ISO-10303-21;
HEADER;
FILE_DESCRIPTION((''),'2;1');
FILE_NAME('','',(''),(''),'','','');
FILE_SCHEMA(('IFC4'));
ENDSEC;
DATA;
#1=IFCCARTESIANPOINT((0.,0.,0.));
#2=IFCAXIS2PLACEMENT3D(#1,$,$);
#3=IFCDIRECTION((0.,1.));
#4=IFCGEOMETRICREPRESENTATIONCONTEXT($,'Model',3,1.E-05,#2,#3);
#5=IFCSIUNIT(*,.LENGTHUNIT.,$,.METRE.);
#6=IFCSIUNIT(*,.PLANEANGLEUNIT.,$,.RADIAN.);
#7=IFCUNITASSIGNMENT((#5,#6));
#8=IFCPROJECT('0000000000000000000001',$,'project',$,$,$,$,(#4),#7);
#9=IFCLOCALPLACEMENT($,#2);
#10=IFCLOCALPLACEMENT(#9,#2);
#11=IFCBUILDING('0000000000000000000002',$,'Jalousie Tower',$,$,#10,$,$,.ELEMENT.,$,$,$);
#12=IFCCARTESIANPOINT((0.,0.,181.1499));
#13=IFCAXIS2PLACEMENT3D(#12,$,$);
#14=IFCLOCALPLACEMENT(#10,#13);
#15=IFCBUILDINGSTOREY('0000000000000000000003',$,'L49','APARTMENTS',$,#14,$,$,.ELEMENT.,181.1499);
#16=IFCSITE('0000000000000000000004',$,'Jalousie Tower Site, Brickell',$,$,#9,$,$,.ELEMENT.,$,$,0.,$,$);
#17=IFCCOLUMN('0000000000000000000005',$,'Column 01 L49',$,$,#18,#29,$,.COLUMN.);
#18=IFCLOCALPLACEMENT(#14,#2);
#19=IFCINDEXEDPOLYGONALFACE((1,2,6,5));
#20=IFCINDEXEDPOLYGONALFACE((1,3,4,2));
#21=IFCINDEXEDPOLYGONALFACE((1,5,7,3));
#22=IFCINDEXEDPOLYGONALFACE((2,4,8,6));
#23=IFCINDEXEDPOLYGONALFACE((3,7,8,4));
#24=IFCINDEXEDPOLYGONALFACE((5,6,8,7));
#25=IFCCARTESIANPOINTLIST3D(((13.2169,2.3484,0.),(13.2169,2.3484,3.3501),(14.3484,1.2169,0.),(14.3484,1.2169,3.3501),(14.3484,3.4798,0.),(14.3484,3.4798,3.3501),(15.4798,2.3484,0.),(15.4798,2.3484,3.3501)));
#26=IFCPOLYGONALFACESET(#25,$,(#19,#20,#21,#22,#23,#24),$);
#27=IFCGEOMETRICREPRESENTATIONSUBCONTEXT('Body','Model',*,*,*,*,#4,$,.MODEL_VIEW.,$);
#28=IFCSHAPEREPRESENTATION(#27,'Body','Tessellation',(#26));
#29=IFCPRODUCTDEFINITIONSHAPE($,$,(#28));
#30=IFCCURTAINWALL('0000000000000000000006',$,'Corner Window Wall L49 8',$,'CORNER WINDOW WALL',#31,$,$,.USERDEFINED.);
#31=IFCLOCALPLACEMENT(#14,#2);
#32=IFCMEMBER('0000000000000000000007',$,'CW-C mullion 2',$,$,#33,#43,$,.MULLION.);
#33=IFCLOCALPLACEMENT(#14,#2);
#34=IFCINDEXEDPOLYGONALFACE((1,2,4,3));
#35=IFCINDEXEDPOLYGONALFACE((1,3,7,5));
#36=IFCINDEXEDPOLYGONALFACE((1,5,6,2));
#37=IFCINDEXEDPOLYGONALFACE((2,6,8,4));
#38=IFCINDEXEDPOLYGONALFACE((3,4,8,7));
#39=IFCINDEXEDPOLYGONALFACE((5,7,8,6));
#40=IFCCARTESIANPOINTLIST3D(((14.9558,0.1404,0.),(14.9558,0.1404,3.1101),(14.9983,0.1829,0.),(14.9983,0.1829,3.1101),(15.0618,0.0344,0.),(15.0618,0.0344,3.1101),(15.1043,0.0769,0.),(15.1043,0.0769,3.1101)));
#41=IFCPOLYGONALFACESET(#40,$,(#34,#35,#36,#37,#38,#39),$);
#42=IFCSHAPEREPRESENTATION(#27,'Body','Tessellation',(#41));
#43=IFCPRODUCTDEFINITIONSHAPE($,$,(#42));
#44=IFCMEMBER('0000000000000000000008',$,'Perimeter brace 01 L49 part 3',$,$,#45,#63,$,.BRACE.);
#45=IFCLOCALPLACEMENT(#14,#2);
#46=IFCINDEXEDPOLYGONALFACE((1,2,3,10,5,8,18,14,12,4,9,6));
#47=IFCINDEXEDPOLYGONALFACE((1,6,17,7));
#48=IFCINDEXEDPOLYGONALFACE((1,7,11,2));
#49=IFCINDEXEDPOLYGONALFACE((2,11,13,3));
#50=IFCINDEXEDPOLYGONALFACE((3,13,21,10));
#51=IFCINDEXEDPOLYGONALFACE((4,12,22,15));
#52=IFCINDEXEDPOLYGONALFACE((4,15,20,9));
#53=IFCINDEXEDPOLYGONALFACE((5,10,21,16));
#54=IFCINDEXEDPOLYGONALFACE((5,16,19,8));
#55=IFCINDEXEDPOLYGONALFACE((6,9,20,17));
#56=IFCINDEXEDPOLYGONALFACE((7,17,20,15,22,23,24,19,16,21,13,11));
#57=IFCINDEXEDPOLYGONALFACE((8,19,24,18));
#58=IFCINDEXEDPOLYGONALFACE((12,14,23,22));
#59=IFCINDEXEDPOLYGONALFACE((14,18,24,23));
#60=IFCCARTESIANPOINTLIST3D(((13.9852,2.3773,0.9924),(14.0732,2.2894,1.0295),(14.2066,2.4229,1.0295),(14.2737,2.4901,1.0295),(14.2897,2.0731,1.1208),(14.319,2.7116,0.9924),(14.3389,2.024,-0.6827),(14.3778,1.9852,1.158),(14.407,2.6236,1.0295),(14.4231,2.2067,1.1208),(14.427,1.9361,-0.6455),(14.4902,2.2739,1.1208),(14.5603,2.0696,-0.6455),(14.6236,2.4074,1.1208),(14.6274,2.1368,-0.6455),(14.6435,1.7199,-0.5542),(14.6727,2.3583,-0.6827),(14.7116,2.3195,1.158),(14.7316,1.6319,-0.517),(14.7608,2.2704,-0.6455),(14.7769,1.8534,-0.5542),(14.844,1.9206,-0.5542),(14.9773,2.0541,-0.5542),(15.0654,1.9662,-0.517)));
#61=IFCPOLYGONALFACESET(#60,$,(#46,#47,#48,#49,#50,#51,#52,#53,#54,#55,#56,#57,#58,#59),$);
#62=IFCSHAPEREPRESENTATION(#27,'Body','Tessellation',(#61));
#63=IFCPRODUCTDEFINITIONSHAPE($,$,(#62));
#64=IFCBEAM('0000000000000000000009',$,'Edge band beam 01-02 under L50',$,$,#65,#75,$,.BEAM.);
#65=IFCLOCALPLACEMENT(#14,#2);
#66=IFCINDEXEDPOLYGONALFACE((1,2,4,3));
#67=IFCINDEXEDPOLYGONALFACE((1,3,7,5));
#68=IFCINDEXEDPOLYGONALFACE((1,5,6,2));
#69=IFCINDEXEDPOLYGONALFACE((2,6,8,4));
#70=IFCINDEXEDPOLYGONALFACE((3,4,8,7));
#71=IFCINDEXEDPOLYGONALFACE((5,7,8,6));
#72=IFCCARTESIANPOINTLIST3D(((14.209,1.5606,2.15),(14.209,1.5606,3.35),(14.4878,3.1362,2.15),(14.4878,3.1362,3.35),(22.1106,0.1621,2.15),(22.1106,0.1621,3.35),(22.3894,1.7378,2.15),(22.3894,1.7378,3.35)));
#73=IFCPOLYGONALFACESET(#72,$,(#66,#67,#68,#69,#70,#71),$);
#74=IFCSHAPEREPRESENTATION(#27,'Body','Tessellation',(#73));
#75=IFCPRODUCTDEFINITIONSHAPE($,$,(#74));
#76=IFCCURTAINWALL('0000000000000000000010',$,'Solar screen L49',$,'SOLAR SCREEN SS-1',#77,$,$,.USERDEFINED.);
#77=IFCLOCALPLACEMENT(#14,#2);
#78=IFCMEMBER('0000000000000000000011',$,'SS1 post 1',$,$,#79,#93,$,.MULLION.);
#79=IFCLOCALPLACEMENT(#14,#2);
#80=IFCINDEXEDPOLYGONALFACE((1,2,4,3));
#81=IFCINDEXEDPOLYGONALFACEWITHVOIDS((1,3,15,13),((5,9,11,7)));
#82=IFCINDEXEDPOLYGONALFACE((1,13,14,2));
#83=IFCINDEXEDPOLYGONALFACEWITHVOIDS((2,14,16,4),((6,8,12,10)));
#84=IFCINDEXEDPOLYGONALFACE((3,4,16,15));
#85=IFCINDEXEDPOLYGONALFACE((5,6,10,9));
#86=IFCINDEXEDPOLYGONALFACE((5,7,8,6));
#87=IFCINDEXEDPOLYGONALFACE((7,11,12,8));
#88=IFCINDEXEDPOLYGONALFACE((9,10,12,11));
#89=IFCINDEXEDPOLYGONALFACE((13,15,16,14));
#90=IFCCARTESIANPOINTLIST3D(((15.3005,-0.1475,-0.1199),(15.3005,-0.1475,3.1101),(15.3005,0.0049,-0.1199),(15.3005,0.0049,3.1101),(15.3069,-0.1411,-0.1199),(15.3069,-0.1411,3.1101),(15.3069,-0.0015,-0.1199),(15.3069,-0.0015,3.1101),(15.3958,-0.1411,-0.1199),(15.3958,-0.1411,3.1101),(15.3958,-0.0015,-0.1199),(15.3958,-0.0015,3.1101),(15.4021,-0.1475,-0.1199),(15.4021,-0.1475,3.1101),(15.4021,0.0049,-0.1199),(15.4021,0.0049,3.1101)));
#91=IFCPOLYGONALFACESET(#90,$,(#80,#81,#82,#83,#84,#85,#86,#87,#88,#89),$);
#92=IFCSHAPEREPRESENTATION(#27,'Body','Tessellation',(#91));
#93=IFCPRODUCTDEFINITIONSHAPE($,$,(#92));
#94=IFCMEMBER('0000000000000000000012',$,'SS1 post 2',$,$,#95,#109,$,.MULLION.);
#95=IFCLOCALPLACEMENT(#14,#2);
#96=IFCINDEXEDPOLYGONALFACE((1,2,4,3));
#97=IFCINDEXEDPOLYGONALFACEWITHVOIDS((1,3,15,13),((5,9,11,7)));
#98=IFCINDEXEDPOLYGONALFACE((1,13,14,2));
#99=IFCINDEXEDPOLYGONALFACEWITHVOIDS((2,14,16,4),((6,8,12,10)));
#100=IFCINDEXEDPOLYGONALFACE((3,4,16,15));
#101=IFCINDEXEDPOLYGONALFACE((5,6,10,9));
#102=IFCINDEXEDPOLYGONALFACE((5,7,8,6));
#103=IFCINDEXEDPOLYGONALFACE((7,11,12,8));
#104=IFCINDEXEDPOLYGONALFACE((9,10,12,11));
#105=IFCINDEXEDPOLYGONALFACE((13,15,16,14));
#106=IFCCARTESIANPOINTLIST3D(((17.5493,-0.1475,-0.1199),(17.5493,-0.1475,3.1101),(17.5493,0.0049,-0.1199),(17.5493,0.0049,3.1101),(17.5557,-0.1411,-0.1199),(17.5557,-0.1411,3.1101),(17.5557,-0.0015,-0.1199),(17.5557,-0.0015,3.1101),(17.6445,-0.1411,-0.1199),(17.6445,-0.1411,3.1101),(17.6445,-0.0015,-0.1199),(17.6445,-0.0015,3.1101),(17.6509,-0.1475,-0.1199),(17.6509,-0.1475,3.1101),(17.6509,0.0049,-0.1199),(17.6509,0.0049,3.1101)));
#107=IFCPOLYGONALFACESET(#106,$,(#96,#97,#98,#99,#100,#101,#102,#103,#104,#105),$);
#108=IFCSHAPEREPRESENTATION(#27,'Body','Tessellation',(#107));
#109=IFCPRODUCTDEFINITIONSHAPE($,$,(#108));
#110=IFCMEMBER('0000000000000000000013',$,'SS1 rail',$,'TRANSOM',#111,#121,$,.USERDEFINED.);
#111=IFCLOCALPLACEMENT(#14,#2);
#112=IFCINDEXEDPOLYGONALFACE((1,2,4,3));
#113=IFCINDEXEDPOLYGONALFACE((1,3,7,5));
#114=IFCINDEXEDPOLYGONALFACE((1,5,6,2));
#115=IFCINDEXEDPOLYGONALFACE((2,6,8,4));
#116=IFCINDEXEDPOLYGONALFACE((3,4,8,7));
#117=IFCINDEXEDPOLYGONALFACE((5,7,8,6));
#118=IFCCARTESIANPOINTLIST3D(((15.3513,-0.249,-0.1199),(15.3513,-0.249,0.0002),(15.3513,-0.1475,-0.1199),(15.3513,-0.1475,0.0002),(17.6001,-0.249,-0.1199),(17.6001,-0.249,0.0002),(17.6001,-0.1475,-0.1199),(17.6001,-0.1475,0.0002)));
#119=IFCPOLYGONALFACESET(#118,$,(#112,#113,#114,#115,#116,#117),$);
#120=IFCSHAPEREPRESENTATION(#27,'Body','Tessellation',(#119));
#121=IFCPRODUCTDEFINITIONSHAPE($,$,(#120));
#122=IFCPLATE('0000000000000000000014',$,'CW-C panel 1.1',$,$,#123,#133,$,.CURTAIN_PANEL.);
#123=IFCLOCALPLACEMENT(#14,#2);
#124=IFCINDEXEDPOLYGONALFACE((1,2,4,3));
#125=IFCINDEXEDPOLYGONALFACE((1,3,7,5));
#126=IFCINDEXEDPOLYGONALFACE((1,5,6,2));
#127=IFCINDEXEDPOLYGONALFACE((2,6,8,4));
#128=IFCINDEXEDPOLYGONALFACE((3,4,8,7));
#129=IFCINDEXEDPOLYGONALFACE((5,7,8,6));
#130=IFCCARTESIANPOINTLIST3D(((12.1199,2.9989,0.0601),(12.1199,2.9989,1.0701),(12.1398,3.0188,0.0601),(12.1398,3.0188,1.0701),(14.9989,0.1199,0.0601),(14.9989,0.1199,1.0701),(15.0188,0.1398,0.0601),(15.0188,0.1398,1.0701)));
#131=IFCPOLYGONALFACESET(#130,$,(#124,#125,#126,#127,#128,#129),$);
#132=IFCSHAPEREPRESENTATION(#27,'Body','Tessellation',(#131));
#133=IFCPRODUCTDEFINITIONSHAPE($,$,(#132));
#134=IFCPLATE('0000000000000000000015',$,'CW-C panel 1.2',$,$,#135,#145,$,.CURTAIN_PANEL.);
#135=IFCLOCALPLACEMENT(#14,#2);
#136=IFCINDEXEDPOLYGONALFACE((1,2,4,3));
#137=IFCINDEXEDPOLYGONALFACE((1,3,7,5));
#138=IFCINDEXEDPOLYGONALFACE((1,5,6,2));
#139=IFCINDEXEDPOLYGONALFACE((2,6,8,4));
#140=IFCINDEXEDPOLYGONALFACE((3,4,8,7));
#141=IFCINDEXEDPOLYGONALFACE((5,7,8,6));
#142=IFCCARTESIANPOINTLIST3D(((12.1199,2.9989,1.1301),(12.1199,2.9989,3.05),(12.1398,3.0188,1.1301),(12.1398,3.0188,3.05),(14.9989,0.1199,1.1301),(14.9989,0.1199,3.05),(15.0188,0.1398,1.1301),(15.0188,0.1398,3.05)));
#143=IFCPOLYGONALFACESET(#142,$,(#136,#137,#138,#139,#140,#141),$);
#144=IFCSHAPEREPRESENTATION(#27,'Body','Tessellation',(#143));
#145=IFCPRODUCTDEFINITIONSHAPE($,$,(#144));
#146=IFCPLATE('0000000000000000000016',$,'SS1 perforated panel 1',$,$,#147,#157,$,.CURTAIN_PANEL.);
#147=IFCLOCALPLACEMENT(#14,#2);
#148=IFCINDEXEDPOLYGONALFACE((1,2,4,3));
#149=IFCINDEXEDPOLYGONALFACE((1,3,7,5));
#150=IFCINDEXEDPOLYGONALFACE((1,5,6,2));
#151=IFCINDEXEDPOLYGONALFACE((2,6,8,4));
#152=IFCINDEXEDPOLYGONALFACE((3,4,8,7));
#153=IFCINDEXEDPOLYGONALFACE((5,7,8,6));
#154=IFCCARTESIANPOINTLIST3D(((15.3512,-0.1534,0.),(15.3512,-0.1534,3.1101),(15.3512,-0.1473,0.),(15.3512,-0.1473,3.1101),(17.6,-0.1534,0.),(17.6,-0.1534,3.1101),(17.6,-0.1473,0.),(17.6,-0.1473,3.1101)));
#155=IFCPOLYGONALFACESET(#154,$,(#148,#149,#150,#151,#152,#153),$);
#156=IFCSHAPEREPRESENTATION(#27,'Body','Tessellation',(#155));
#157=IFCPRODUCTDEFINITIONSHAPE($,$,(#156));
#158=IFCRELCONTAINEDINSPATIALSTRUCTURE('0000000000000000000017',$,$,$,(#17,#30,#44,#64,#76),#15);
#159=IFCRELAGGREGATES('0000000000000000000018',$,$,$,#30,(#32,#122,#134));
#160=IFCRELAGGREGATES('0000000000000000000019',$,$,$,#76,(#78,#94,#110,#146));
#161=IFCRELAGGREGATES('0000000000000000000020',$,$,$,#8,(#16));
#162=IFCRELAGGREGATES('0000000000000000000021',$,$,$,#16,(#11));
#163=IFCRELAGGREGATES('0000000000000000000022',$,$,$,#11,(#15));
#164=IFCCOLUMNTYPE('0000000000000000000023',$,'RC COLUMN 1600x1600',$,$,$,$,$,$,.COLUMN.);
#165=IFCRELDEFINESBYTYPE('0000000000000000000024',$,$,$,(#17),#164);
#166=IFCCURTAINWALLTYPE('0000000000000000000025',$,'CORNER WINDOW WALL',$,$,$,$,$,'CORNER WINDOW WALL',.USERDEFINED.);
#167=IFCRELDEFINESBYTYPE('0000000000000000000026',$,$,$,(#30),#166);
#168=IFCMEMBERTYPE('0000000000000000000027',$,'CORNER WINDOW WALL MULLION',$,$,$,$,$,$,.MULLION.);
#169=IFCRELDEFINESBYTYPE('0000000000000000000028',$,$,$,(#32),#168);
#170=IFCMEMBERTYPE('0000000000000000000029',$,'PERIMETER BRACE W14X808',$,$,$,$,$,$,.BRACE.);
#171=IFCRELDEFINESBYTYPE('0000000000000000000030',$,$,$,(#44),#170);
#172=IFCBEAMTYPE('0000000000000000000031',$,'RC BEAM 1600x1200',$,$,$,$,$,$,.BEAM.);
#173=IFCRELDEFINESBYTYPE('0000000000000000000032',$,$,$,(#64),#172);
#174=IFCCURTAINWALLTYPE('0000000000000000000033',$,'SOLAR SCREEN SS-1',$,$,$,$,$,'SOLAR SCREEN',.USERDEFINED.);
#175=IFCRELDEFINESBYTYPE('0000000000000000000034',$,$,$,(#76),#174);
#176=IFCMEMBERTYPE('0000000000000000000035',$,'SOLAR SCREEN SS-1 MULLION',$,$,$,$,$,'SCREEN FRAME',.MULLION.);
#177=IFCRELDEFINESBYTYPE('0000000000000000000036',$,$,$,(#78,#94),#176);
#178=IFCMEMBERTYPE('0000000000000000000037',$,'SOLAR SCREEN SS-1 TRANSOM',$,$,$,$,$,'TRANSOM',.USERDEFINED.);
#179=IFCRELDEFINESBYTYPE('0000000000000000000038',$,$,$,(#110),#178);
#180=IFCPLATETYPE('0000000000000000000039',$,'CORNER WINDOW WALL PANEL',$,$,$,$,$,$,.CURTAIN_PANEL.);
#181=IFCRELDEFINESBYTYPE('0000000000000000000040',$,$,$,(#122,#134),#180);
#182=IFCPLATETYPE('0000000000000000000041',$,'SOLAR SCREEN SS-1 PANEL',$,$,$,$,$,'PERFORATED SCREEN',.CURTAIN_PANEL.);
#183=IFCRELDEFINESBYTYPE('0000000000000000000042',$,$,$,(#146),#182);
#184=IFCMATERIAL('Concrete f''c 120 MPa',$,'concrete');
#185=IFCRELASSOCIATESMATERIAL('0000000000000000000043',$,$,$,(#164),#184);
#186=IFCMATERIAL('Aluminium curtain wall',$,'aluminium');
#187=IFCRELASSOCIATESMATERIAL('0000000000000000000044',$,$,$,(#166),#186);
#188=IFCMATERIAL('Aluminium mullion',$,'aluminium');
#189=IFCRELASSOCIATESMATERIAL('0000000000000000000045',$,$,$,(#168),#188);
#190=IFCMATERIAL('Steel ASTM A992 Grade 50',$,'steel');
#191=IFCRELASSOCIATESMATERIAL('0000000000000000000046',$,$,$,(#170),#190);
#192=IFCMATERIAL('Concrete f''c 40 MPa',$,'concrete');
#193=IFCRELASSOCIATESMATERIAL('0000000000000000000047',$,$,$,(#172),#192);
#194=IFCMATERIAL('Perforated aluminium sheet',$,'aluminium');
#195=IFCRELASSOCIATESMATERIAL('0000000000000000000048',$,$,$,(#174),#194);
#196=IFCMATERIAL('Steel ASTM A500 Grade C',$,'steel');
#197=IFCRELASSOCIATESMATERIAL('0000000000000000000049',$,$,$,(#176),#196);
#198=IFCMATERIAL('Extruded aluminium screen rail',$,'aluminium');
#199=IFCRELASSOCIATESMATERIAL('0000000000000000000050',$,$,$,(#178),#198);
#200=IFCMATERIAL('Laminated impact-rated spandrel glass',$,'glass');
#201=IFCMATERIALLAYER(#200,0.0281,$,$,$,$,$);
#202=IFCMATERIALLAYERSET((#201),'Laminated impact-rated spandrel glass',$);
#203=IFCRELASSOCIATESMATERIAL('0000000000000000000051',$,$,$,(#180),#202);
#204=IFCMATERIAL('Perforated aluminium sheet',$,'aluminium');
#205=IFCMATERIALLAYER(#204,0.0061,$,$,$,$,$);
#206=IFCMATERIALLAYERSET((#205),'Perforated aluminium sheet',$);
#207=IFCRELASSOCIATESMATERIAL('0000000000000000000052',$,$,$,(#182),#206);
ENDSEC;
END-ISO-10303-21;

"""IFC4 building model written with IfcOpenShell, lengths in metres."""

from ifc_helpers import new_model, si_unit, direction, frame, origin, origin_2d, place, context, subcontext, project, spatial, rectangle, hollow_rectangle, i_section, extrude, material, layer, layer_set, material_profile, profile_set, type_object, element, aggregate, save


model = new_model("IFC4")

# Units and contexts
model_context = context("Model", 3, precision=1e-05, world=origin(), true_north=direction((0.0, 1.0)))
body_context = subcontext(model_context, "Body", "Model", "MODEL_VIEW")
ifc_project = project(units=[si_unit("LENGTHUNIT", "METRE"), si_unit("PLANEANGLEUNIT", "RADIAN")], contexts=[model_context])

# Site, building, storey
site_placement = place(None, origin())
site = spatial("IfcSite", under=ifc_project, at=site_placement, Name="Jalousie Tower Site, Brickell", CompositionType="ELEMENT", RefElevation=0.0)
building_placement = place(site_placement, origin())
building = spatial("IfcBuilding", under=site, at=building_placement, Name="Jalousie Tower", CompositionType="ELEMENT")
storey_placement = place(building_placement, frame((0.0, 0.0, 181.1499)))
storey = spatial("IfcBuildingStorey", under=building, at=storey_placement, Name="L49", Description="APARTMENTS", CompositionType="ELEMENT", Elevation=181.1499)

# Column
ifc_material_1 = material(Name="Concrete f'c 120 MPa", Category="concrete")
ifc_material_profile_1 = material_profile(ifc_material_1, rectangle(XDim=1.6001, YDim=1.6001, at=origin_2d()), Name="RC 1600x1600")
ifc_profile_set_1 = profile_set([ifc_material_profile_1], Name="Concrete f'c 120 MPa")
column_type = type_object("IfcColumnType", Name="RC COLUMN 1600x1600", PredefinedType="COLUMN", material=ifc_profile_set_1)
column_placement = place(storey_placement, frame((14.3484, 2.3484, 0.0), z_axis=(0.0, 0.0, 1.0), x_axis=(0.707107, 0.707107, 0.0)))
element("IfcColumn", 1, at=column_placement, inside=storey, type_object=column_type, Name="Column 01 L49", PredefinedType="COLUMN", context=body_context, shape_type="SweptSolid", body=[
    extrude(rectangle(XDim=1.6001, YDim=1.6001, at=origin_2d()), origin(), (0.0, 0.0, 1.0), 3.3501),
])

# Curtain wall, member
ifc_material_2 = material(Name="Aluminium curtain wall", Category="aluminium")
curtain_wall_type_1 = type_object("IfcCurtainWallType", Name="CORNER WINDOW WALL", ElementType="CORNER WINDOW WALL", PredefinedType="USERDEFINED", material=ifc_material_2)
curtain_wall_1_placement = place(storey_placement, origin())
curtain_wall_1 = element("IfcCurtainWall", 2, at=curtain_wall_1_placement, inside=storey, type_object=curtain_wall_type_1, Name="Corner Window Wall L49 8", ObjectType="CORNER WINDOW WALL", PredefinedType="USERDEFINED")
ifc_material_3 = material(Name="Aluminium mullion", Category="aluminium")
ifc_material_profile_2 = material_profile(ifc_material_3, rectangle(XDim=0.0601, YDim=0.1499, at=origin_2d()), Name="MULLION 60x150")
ifc_profile_set_2 = profile_set([ifc_material_profile_2], Name="Aluminium mullion")
member_type_1 = type_object("IfcMemberType", Name="CORNER WINDOW WALL MULLION", PredefinedType="MULLION", material=ifc_profile_set_2)
member_1_placement = place(storey_placement, frame((15.03, 0.1086, 0.0), z_axis=(0.0, 0.0, 1.0), x_axis=(0.707107, 0.707107, 0.0)))
member_1 = element("IfcMember", 3, at=member_1_placement, type_object=member_type_1, Name="CW-C mullion 2", PredefinedType="MULLION", context=body_context, shape_type="SweptSolid", body=[
    extrude(rectangle(XDim=0.0601, YDim=0.1499, at=origin_2d()), origin(), (0.0, 0.0, 1.0), 3.1101),
])

# Member
ifc_material_4 = material(Name="Steel ASTM A992 Grade 50", Category="steel")
ifc_material_profile_3 = material_profile(ifc_material_4, i_section(OverallWidth=0.4724, OverallDepth=0.5791, WebThickness=0.095, FlangeThickness=0.1299, at=origin_2d()), Name="W14X808")
ifc_profile_set_3 = profile_set([ifc_material_profile_3], Name="Steel ASTM A992 Grade 50")
member_type_2 = type_object("IfcMemberType", Name="PERIMETER BRACE W14X808", PredefinedType="BRACE", material=ifc_profile_set_3)
member_2_placement = place(storey_placement, frame((14.7021, 1.9951, -0.5999), z_axis=(-0.202372, 0.202093, 0.95823), x_axis=(-0.706618, -0.707595, 0.0)))
element("IfcMember", 4, at=member_2_placement, inside=storey, type_object=member_type_2, Name="Perimeter brace 01 L49 part 3", PredefinedType="BRACE", context=body_context, shape_type="SweptSolid", body=[
    extrude(i_section(OverallWidth=0.4724, OverallDepth=0.5791, WebThickness=0.095, FlangeThickness=0.1299, at=origin_2d()), origin(), (0.0, 0.0, 1.0), 1.748),
])

# Beam
ifc_material_5 = material(Name="Concrete f'c 40 MPa", Category="concrete")
ifc_material_profile_4 = material_profile(ifc_material_5, rectangle(XDim=1.6001, YDim=1.2, at=origin_2d()), Name="RC 1600x1200")
ifc_profile_set_4 = profile_set([ifc_material_profile_4], Name="Concrete f'c 40 MPa")
beam_type = type_object("IfcBeamType", Name="RC BEAM 1600x1200", PredefinedType="BEAM", material=ifc_profile_set_4)
beam_placement = place(storey_placement, frame((14.3484, 2.3484, 2.75), z_axis=(0.984697, -0.174273, 0.0), x_axis=(0.174273, 0.984697, 0.0)))
element("IfcBeam", 5, at=beam_placement, inside=storey, type_object=beam_type, Name="Edge band beam 01-02 under L50", PredefinedType="BEAM", context=body_context, shape_type="SweptSolid", body=[
    extrude(rectangle(XDim=1.6001, YDim=1.2, at=origin_2d()), origin(), (0.0, 0.0, 1.0), 8.0244),
])

# Curtain wall, members
ifc_material_6 = material(Name="Perforated aluminium sheet", Category="aluminium")
curtain_wall_type_2 = type_object("IfcCurtainWallType", Name="SOLAR SCREEN SS-1", ElementType="SOLAR SCREEN", PredefinedType="USERDEFINED", material=ifc_material_6)
curtain_wall_2_placement = place(storey_placement, origin())
curtain_wall_2 = element("IfcCurtainWall", 6, at=curtain_wall_2_placement, inside=storey, type_object=curtain_wall_type_2, Name="Solar screen L49", ObjectType="SOLAR SCREEN SS-1", PredefinedType="USERDEFINED")
ifc_material_7 = material(Name="Steel ASTM A500 Grade C", Category="steel")
ifc_material_profile_5 = material_profile(ifc_material_7, hollow_rectangle(XDim=0.1016, YDim=0.1523, WallThickness=0.0063, at=origin_2d()), Name="HSS6X4X1/4")
ifc_profile_set_5 = profile_set([ifc_material_profile_5], Name="Steel ASTM A500 Grade C")
member_type_3 = type_object("IfcMemberType", Name="SOLAR SCREEN SS-1 MULLION", ElementType="SCREEN FRAME", PredefinedType="MULLION", material=ifc_profile_set_5)
member_3_placement = place(storey_placement, frame((15.3513, -0.0713, -0.1199), z_axis=(0.0, 0.0, 1.0), x_axis=(1.0, 0.0, 0.0)))
member_3 = element("IfcMember", 7, at=member_3_placement, type_object=member_type_3, Name="SS1 post 1", PredefinedType="MULLION", context=body_context, shape_type="SweptSolid", body=[
    extrude(hollow_rectangle(XDim=0.1016, YDim=0.1523, WallThickness=0.0063, at=origin_2d()), origin(), (0.0, 0.0, 1.0), 3.23),
])
member_4_placement = place(storey_placement, frame((17.6001, -0.0713, -0.1199), z_axis=(0.0, 0.0, 1.0), x_axis=(1.0, 0.0, 0.0)))
member_4 = element("IfcMember", 8, at=member_4_placement, type_object=member_type_3, Name="SS1 post 2", PredefinedType="MULLION", context=body_context, shape_type="SweptSolid", body=[
    extrude(hollow_rectangle(XDim=0.1016, YDim=0.1523, WallThickness=0.0063, at=origin_2d()), origin(), (0.0, 0.0, 1.0), 3.23),
])
ifc_material_8 = material(Name="Extruded aluminium screen rail", Category="aluminium")
ifc_material_profile_6 = material_profile(ifc_material_8, rectangle(XDim=0.1016, YDim=0.1201, at=origin_2d()), Name="RAIL 102x120")
ifc_profile_set_6 = profile_set([ifc_material_profile_6], Name="Extruded aluminium screen rail")
member_type_4 = type_object("IfcMemberType", Name="SOLAR SCREEN SS-1 TRANSOM", ElementType="TRANSOM", PredefinedType="USERDEFINED", material=ifc_profile_set_6)
member_5_placement = place(storey_placement, frame((15.3513, -0.1982, -0.0598), z_axis=(1.0, 0.0, 0.0), x_axis=(0.0, 1.0, 0.0)))
member_5 = element("IfcMember", 9, at=member_5_placement, type_object=member_type_4, Name="SS1 rail", ObjectType="TRANSOM", PredefinedType="USERDEFINED", context=body_context, shape_type="SweptSolid", body=[
    extrude(rectangle(XDim=0.1016, YDim=0.1201, at=origin_2d()), origin(), (0.0, 0.0, 1.0), 2.2488),
])

# Plates
ifc_material_9 = material(Name="Laminated impact-rated spandrel glass", Category="glass")
ifc_layer_1 = layer(ifc_material_9, 0.0281)
ifc_layer_set_1 = layer_set([ifc_layer_1], Name="Laminated impact-rated spandrel glass")
plate_type_1 = type_object("IfcPlateType", Name="CORNER WINDOW WALL PANEL", PredefinedType="CURTAIN_PANEL", material=ifc_layer_set_1)
plate_1_placement = place(storey_placement, frame((13.5693, 1.5693, 0.0601), z_axis=(0.0, 0.0, 1.0), x_axis=(0.707107, -0.707107, 0.0)))
plate_1 = element("IfcPlate", 10, at=plate_1_placement, type_object=plate_type_1, Name="CW-C panel 1.1", PredefinedType="CURTAIN_PANEL", context=body_context, shape_type="SweptSolid", body=[
    extrude(rectangle(XDim=4.0715, YDim=0.0281, at=origin_2d()), origin(), (0.0, 0.0, 1.0), 1.01),
])
plate_2_placement = place(storey_placement, frame((13.5693, 1.5693, 1.1301), z_axis=(0.0, 0.0, 1.0), x_axis=(0.707107, -0.707107, 0.0)))
plate_2 = element("IfcPlate", 11, at=plate_2_placement, type_object=plate_type_1, Name="CW-C panel 1.2", PredefinedType="CURTAIN_PANEL", context=body_context, shape_type="SweptSolid", body=[
    extrude(rectangle(XDim=4.0715, YDim=0.0281, at=origin_2d()), origin(), (0.0, 0.0, 1.0), 1.9199),
])
aggregate(curtain_wall_1, [member_1, plate_1, plate_2])
ifc_material_10 = material(Name="Perforated aluminium sheet", Category="aluminium")
ifc_layer_2 = layer(ifc_material_10, 0.0061)
ifc_layer_set_2 = layer_set([ifc_layer_2], Name="Perforated aluminium sheet")
plate_type_2 = type_object("IfcPlateType", Name="SOLAR SCREEN SS-1 PANEL", ElementType="PERFORATED SCREEN", PredefinedType="CURTAIN_PANEL", material=ifc_layer_set_2)
plate_3_placement = place(storey_placement, frame((16.4756, -0.1504, 0.0), z_axis=(0.0, 0.0, 1.0), x_axis=(1.0, 0.0, 0.0)))
plate_3 = element("IfcPlate", 12, at=plate_3_placement, type_object=plate_type_2, Name="SS1 perforated panel 1", PredefinedType="CURTAIN_PANEL", context=body_context, shape_type="SweptSolid", body=[
    extrude(rectangle(XDim=2.2488, YDim=0.0061, at=origin_2d()), origin(), (0.0, 0.0, 1.0), 3.1101),
])
aggregate(curtain_wall_2, [member_3, member_4, member_5, plate_3])

save(model, "model.ifc")
